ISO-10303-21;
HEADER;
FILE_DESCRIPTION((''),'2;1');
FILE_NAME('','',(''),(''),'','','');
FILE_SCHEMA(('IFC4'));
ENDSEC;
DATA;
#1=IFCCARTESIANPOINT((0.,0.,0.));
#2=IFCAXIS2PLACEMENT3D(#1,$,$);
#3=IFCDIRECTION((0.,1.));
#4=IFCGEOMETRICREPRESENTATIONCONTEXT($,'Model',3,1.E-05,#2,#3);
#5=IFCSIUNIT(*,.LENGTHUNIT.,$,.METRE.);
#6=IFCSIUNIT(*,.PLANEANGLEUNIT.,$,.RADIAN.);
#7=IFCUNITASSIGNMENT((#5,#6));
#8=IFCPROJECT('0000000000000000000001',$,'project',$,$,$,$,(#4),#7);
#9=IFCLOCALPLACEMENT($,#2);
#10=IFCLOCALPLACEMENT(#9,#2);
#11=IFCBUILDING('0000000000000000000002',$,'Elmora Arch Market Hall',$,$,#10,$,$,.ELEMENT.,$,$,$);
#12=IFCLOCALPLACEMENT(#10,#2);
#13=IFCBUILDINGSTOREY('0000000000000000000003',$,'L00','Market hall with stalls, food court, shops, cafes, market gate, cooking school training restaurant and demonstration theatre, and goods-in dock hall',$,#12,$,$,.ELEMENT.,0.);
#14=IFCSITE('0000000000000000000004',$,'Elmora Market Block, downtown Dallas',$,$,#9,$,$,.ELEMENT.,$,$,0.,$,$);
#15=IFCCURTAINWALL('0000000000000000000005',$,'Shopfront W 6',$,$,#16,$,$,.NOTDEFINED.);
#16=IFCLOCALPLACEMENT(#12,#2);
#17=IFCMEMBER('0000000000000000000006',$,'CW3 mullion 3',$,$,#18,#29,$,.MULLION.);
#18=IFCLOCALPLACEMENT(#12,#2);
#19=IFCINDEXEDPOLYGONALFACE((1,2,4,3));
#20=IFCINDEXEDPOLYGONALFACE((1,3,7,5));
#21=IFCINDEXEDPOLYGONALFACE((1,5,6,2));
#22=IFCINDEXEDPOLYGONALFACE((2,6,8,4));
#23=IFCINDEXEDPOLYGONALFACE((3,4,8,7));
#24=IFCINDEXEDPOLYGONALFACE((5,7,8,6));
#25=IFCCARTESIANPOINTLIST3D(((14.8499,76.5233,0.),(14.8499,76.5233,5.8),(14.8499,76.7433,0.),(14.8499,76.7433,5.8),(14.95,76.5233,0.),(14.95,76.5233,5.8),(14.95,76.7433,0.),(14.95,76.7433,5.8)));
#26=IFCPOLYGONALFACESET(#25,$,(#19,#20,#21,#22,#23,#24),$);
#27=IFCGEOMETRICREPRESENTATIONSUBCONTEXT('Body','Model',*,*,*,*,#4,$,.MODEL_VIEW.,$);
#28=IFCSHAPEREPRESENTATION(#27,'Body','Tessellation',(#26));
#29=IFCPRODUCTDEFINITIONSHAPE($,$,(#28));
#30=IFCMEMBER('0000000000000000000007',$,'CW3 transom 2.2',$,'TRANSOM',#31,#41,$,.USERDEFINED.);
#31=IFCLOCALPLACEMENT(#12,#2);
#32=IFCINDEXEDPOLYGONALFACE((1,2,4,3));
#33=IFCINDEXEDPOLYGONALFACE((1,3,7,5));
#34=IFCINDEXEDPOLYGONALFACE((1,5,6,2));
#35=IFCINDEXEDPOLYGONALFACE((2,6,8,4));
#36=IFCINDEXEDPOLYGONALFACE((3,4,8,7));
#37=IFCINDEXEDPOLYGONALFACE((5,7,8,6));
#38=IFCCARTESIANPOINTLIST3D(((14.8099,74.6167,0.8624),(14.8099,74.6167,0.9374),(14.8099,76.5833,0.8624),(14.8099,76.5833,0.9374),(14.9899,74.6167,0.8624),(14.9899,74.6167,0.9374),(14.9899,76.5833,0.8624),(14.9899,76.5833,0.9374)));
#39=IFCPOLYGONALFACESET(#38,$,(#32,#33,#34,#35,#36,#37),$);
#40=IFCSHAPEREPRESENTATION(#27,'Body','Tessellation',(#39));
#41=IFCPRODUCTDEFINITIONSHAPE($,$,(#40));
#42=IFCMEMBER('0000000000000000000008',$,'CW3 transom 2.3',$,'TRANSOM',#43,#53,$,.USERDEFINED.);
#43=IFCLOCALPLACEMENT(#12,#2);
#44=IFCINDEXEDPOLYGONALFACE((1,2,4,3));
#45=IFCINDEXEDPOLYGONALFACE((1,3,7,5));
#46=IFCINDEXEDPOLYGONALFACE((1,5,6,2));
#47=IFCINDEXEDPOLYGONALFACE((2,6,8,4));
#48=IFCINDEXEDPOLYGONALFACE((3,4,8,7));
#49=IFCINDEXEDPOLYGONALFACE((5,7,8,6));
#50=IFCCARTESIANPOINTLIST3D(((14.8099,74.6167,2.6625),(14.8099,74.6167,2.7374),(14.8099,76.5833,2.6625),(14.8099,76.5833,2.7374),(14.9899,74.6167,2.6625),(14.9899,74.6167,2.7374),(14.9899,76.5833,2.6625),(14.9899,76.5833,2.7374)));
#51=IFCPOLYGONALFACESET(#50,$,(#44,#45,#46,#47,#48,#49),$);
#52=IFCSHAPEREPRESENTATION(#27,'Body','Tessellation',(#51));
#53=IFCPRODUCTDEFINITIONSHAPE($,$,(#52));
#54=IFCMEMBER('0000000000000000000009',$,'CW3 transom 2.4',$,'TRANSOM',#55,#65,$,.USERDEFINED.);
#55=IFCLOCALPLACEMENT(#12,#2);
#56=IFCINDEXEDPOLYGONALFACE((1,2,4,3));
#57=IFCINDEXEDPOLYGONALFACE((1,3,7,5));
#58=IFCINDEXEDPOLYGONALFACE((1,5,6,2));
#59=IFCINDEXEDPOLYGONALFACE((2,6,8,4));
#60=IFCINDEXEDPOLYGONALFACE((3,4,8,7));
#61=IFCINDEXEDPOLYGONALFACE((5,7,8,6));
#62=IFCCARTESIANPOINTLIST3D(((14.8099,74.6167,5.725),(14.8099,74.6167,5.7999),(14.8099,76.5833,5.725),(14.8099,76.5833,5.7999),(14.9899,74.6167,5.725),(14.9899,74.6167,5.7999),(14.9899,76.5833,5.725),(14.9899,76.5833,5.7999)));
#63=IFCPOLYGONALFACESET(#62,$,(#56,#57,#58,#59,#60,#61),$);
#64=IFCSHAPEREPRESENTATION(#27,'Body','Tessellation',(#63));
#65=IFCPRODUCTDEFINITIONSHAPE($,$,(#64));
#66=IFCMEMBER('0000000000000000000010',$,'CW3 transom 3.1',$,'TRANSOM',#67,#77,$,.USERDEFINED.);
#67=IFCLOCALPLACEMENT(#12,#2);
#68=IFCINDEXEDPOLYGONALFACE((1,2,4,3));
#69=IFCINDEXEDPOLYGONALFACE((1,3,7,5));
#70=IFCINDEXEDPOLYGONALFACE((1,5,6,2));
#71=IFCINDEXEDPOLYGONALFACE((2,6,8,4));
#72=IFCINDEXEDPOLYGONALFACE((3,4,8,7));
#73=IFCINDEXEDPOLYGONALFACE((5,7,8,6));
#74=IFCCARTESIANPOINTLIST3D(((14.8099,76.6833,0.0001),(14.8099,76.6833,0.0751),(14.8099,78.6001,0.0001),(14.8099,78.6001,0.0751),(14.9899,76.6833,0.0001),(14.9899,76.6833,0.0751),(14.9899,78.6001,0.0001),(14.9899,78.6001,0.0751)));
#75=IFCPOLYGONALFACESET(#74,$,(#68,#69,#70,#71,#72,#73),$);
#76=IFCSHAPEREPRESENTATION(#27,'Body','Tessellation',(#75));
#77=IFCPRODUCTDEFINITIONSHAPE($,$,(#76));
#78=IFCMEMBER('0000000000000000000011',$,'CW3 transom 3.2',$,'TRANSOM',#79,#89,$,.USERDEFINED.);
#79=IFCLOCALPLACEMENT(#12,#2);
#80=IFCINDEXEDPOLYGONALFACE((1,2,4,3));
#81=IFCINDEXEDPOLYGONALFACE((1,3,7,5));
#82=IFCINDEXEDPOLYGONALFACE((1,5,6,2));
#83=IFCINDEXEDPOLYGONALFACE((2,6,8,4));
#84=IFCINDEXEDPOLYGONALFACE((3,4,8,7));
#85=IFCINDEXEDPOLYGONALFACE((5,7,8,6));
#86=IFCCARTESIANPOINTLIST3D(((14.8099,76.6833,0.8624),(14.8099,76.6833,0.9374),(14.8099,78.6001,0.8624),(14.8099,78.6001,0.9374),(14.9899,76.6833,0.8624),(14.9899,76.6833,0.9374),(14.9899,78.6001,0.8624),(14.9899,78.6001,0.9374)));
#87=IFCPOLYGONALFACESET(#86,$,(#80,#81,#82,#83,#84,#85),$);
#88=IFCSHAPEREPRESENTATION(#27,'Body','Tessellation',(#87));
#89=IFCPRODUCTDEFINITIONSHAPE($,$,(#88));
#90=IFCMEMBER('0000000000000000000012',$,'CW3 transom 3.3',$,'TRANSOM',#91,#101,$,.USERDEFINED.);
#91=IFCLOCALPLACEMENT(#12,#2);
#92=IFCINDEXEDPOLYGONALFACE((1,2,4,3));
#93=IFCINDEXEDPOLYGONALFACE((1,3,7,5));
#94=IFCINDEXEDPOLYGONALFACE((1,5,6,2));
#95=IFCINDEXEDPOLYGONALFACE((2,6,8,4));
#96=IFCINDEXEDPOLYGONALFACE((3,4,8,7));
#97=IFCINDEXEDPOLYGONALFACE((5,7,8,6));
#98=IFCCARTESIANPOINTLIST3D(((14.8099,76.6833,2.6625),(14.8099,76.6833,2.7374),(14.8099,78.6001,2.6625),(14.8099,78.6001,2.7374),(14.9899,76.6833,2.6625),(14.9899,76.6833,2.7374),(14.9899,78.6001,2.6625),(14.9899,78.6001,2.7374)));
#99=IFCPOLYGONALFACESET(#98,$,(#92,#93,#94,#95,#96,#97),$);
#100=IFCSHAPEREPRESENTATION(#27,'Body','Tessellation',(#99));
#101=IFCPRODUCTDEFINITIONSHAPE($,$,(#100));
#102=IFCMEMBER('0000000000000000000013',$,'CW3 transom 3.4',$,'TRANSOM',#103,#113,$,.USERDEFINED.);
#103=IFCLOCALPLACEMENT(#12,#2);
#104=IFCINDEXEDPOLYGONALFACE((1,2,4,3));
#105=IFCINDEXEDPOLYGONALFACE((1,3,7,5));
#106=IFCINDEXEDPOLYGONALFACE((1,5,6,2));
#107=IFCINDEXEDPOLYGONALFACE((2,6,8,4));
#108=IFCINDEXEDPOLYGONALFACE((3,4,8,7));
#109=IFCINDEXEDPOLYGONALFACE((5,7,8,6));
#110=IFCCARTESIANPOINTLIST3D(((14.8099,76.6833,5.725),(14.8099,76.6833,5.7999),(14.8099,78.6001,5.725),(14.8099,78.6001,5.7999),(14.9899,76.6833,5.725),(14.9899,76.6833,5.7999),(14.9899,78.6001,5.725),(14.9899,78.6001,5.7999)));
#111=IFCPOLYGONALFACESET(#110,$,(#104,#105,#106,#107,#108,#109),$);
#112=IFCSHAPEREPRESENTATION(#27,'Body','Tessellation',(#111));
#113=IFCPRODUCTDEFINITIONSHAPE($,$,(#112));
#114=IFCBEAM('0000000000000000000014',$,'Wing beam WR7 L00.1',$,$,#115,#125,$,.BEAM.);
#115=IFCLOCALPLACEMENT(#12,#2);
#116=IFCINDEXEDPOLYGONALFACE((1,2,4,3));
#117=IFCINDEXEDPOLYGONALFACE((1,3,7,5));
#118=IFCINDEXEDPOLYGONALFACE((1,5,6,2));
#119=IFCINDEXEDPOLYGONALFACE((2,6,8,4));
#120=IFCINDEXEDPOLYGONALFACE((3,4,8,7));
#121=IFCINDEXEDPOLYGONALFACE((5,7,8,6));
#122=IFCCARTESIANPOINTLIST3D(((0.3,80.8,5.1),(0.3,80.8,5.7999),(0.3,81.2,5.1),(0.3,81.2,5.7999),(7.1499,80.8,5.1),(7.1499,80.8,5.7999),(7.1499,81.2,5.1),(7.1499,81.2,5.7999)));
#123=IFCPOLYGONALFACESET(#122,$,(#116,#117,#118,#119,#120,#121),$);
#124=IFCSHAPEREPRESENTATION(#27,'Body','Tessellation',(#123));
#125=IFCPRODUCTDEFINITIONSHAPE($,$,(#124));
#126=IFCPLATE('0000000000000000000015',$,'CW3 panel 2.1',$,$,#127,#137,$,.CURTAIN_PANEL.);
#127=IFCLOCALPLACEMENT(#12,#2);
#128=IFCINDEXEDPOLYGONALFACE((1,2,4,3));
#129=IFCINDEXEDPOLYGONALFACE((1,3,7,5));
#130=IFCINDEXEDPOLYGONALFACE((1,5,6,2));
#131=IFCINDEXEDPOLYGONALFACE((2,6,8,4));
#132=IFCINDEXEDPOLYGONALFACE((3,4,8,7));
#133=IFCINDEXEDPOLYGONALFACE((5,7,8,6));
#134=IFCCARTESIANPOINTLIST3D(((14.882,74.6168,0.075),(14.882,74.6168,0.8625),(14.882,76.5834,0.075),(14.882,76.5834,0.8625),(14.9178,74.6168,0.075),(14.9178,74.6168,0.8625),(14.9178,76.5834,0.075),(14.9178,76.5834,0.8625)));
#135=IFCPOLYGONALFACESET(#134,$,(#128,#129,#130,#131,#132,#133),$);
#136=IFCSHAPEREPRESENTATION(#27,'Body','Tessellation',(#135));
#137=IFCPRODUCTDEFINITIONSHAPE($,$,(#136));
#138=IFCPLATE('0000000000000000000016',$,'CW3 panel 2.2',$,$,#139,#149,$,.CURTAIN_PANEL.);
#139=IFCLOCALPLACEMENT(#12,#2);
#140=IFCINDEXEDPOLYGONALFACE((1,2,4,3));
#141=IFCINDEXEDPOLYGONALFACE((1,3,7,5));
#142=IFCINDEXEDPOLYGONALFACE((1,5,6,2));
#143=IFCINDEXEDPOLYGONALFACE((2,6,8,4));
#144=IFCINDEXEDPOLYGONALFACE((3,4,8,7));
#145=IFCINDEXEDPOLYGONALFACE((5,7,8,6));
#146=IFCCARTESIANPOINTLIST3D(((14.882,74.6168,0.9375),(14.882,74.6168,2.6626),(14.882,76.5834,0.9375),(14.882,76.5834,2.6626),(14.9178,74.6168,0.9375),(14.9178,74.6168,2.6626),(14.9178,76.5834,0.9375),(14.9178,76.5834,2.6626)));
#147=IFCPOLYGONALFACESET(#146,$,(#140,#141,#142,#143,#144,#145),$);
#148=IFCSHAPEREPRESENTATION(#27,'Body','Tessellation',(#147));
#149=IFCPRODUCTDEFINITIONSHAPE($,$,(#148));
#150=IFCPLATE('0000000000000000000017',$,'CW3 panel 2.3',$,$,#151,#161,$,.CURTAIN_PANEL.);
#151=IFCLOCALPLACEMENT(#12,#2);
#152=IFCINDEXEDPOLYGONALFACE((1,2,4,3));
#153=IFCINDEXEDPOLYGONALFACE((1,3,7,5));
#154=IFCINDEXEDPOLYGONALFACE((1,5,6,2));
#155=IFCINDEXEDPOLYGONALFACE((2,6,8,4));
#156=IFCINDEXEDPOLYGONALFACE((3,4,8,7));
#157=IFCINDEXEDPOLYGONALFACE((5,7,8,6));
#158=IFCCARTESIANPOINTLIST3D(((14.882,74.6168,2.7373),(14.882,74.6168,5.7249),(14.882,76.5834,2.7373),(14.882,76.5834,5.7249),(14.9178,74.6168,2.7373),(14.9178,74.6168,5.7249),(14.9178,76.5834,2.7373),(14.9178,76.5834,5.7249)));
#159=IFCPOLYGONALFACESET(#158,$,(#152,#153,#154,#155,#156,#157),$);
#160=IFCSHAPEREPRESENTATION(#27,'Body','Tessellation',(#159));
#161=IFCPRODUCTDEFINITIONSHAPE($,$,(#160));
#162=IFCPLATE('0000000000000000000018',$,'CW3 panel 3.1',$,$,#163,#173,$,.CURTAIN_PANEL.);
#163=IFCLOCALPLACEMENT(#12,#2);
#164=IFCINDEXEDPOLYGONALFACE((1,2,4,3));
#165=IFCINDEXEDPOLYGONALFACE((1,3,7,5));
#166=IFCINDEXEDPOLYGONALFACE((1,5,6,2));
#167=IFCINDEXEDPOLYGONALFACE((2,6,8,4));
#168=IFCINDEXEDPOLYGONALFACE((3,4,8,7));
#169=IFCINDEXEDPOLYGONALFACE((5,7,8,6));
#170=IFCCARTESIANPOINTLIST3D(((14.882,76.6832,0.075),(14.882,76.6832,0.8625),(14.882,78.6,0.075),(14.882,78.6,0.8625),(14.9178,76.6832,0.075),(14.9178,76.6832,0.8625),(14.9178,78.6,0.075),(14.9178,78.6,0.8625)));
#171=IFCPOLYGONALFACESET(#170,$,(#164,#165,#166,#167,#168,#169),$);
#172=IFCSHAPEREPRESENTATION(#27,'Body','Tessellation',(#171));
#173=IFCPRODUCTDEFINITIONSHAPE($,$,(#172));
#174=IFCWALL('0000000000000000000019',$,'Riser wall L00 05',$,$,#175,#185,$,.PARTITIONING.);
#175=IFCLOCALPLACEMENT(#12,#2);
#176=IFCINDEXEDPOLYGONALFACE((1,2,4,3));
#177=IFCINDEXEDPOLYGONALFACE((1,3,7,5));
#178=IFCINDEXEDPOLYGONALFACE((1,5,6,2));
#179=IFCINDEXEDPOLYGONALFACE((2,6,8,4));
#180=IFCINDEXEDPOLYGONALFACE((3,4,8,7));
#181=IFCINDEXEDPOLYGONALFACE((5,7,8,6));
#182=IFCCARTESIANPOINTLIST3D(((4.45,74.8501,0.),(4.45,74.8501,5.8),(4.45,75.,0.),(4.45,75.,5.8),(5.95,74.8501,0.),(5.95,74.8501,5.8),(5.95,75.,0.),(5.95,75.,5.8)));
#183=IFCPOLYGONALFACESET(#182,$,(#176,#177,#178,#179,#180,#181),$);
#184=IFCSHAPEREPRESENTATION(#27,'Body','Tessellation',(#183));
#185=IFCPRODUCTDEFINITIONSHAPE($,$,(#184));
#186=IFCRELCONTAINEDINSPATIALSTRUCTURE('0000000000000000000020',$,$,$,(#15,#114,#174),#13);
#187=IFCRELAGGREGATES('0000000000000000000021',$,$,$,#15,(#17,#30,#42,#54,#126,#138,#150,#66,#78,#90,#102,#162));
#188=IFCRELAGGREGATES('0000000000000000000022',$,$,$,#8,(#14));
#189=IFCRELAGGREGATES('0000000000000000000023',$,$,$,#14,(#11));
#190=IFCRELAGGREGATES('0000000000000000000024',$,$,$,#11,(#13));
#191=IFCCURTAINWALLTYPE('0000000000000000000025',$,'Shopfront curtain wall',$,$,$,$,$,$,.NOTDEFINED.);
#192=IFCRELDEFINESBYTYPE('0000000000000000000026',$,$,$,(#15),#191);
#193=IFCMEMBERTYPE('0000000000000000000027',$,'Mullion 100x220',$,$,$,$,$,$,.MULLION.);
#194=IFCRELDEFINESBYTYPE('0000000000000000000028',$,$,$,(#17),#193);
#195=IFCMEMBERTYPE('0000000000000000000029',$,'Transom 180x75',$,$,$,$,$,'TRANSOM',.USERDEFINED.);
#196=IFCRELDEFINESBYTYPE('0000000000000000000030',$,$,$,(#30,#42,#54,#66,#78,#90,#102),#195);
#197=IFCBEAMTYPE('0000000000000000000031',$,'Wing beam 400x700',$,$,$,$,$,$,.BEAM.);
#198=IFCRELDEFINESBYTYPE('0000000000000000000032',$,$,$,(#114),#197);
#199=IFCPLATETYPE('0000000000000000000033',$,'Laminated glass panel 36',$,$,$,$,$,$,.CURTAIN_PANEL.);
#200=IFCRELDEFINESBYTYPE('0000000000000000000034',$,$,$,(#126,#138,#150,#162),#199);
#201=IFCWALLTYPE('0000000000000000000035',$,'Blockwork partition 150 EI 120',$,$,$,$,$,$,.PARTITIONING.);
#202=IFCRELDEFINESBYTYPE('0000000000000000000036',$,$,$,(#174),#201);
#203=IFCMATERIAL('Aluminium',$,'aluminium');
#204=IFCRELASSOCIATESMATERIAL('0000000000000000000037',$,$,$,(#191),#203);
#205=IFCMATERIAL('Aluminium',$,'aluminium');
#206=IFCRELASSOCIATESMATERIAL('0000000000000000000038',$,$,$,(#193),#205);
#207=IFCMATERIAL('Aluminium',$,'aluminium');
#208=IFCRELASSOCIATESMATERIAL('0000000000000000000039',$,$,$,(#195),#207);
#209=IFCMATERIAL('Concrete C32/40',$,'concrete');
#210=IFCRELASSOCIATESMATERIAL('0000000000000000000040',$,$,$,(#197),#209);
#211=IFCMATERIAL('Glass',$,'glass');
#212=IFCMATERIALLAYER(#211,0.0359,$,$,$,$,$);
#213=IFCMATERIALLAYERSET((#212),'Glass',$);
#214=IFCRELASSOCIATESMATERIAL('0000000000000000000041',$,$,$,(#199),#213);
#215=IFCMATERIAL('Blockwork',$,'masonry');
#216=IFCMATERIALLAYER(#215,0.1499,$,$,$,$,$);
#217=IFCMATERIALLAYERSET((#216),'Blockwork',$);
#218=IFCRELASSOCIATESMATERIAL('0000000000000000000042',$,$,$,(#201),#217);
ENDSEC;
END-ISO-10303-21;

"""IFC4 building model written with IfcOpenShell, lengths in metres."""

from ifc_helpers import new_model, si_unit, direction, frame, frame_2d, origin, origin_2d, place, context, subcontext, project, spatial, rectangle, extrude, material, layer, layer_set, material_profile, profile_set, type_object, element, aggregate, save


model = new_model("IFC4")

# Units and contexts
model_context = context("Model", 3, precision=1e-05, world=origin(), true_north=direction((0.0, 1.0)))
body_context = subcontext(model_context, "Body", "Model", "MODEL_VIEW")
ifc_project = project(units=[si_unit("LENGTHUNIT", "METRE"), si_unit("PLANEANGLEUNIT", "RADIAN")], contexts=[model_context])

# Site, building, storey
site_placement = place(None, origin())
site = spatial("IfcSite", under=ifc_project, at=site_placement, Name="Elmora Market Block, downtown Dallas", CompositionType="ELEMENT", RefElevation=0.0)
building_placement = place(site_placement, origin())
building = spatial("IfcBuilding", under=site, at=building_placement, Name="Elmora Arch Market Hall", CompositionType="ELEMENT")
storey_placement = place(building_placement, origin())
storey = spatial("IfcBuildingStorey", under=building, at=storey_placement, Name="L00", Description="Market hall with stalls, food court, shops, cafes, market gate, cooking school training restaurant and demonstration theatre, and goods-in dock hall", CompositionType="ELEMENT", Elevation=0.0)

# Curtain wall, members
ifc_material_1 = material(Name="Aluminium", Category="aluminium")
curtain_wall_type = type_object("IfcCurtainWallType", Name="Shopfront curtain wall", PredefinedType="NOTDEFINED", material=ifc_material_1)
curtain_wall_placement = place(storey_placement, origin())
curtain_wall = element("IfcCurtainWall", 1, at=curtain_wall_placement, inside=storey, type_object=curtain_wall_type, Name="Shopfront W 6", PredefinedType="NOTDEFINED")
ifc_material_2 = material(Name="Aluminium", Category="aluminium")
ifc_material_profile_1 = material_profile(ifc_material_2, rectangle(XDim=0.1001, YDim=0.22, at=origin_2d()), Name="AL 100x220")
ifc_profile_set_1 = profile_set([ifc_material_profile_1], Name="Aluminium")
member_type_1 = type_object("IfcMemberType", Name="Mullion 100x220", PredefinedType="MULLION", material=ifc_profile_set_1)
member_1_placement = place(storey_placement, frame((14.8999, 76.6333, 0.0), z_axis=(0.0, 0.0, 1.0), x_axis=(-1.0, 0.0, 0.0)))
member_1 = element("IfcMember", 2, at=member_1_placement, type_object=member_type_1, Name="CW3 mullion 3", PredefinedType="MULLION", context=body_context, shape_type="SweptSolid", body=[
    extrude(rectangle(XDim=0.1001, YDim=0.22, at=origin_2d()), origin(), (0.0, 0.0, 1.0), 5.8),
])
ifc_material_3 = material(Name="Aluminium", Category="aluminium")
ifc_material_profile_2 = material_profile(ifc_material_3, rectangle(XDim=0.1799, YDim=0.075, at=origin_2d()), Name="AL 180x75")
ifc_profile_set_2 = profile_set([ifc_material_profile_2], Name="Aluminium")
member_type_2 = type_object("IfcMemberType", Name="Transom 180x75", ElementType="TRANSOM", PredefinedType="USERDEFINED", material=ifc_profile_set_2)
member_2_placement = place(storey_placement, frame((14.8999, 74.6167, 0.8999), z_axis=(0.0, 1.0, 0.0), x_axis=(-1.0, 0.0, 0.0)))
member_2 = element("IfcMember", 3, at=member_2_placement, type_object=member_type_2, Name="CW3 transom 2.2", ObjectType="TRANSOM", PredefinedType="USERDEFINED", context=body_context, shape_type="SweptSolid", body=[
    extrude(rectangle(XDim=0.1799, YDim=0.075, at=origin_2d()), origin(), (0.0, 0.0, 1.0), 1.9666),
])
member_3_placement = place(storey_placement, frame((14.8999, 74.6167, 2.7), z_axis=(0.0, 1.0, 0.0), x_axis=(-1.0, 0.0, 0.0)))
member_3 = element("IfcMember", 4, at=member_3_placement, type_object=member_type_2, Name="CW3 transom 2.3", ObjectType="TRANSOM", PredefinedType="USERDEFINED", context=body_context, shape_type="SweptSolid", body=[
    extrude(rectangle(XDim=0.1799, YDim=0.075, at=origin_2d()), origin(), (0.0, 0.0, 1.0), 1.9666),
])
member_4_placement = place(storey_placement, frame((14.8999, 74.6167, 5.7625), z_axis=(0.0, 1.0, 0.0), x_axis=(-1.0, 0.0, 0.0)))
member_4 = element("IfcMember", 5, at=member_4_placement, type_object=member_type_2, Name="CW3 transom 2.4", ObjectType="TRANSOM", PredefinedType="USERDEFINED", context=body_context, shape_type="SweptSolid", body=[
    extrude(rectangle(XDim=0.1799, YDim=0.075, at=origin_2d()), origin(), (0.0, 0.0, 1.0), 1.9666),
])
member_5_placement = place(storey_placement, frame((14.8999, 76.6833, 0.0376), z_axis=(0.0, 1.0, 0.0), x_axis=(-1.0, 0.0, 0.0)))
member_5 = element("IfcMember", 6, at=member_5_placement, type_object=member_type_2, Name="CW3 transom 3.1", ObjectType="TRANSOM", PredefinedType="USERDEFINED", context=body_context, shape_type="SweptSolid", body=[
    extrude(rectangle(XDim=0.1799, YDim=0.075, at=origin_2d()), origin(), (0.0, 0.0, 1.0), 1.9167),
])
member_6_placement = place(storey_placement, frame((14.8999, 76.6833, 0.8999), z_axis=(0.0, 1.0, 0.0), x_axis=(-1.0, 0.0, 0.0)))
member_6 = element("IfcMember", 7, at=member_6_placement, type_object=member_type_2, Name="CW3 transom 3.2", ObjectType="TRANSOM", PredefinedType="USERDEFINED", context=body_context, shape_type="SweptSolid", body=[
    extrude(rectangle(XDim=0.1799, YDim=0.075, at=origin_2d()), origin(), (0.0, 0.0, 1.0), 1.9167),
])
member_7_placement = place(storey_placement, frame((14.8999, 76.6833, 2.7), z_axis=(0.0, 1.0, 0.0), x_axis=(-1.0, 0.0, 0.0)))
member_7 = element("IfcMember", 8, at=member_7_placement, type_object=member_type_2, Name="CW3 transom 3.3", ObjectType="TRANSOM", PredefinedType="USERDEFINED", context=body_context, shape_type="SweptSolid", body=[
    extrude(rectangle(XDim=0.1799, YDim=0.075, at=origin_2d()), origin(), (0.0, 0.0, 1.0), 1.9167),
])
member_8_placement = place(storey_placement, frame((14.8999, 76.6833, 5.7625), z_axis=(0.0, 1.0, 0.0), x_axis=(-1.0, 0.0, 0.0)))
member_8 = element("IfcMember", 9, at=member_8_placement, type_object=member_type_2, Name="CW3 transom 3.4", ObjectType="TRANSOM", PredefinedType="USERDEFINED", context=body_context, shape_type="SweptSolid", body=[
    extrude(rectangle(XDim=0.1799, YDim=0.075, at=origin_2d()), origin(), (0.0, 0.0, 1.0), 1.9167),
])

# Beam
ifc_material_4 = material(Name="Concrete C32/40", Category="concrete")
ifc_material_profile_3 = material_profile(ifc_material_4, rectangle(XDim=0.3999, YDim=0.7, at=origin_2d()), Name="Wing beam 400x700")
ifc_profile_set_3 = profile_set([ifc_material_profile_3], Name="Concrete C32/40")
beam_type = type_object("IfcBeamType", Name="Wing beam 400x700", PredefinedType="BEAM", material=ifc_profile_set_3)
beam_placement = place(storey_placement, frame((0.3, 81.0, 5.45), z_axis=(1.0, 0.0, 0.0), x_axis=(0.0, 1.0, 0.0)))
element("IfcBeam", 10, at=beam_placement, inside=storey, type_object=beam_type, Name="Wing beam WR7 L00.1", PredefinedType="BEAM", context=body_context, shape_type="SweptSolid", body=[
    extrude(rectangle(XDim=0.3999, YDim=0.7, at=origin_2d()), origin(), (0.0, 0.0, 1.0), 6.8499),
])

# Plates
ifc_material_5 = material(Name="Glass", Category="glass")
ifc_layer_1 = layer(ifc_material_5, 0.0359)
ifc_layer_set_1 = layer_set([ifc_layer_1], Name="Glass")
plate_type = type_object("IfcPlateType", Name="Laminated glass panel 36", PredefinedType="CURTAIN_PANEL", material=ifc_layer_set_1)
plate_1_placement = place(storey_placement, frame((14.8999, 75.6001, 0.075), z_axis=(0.0, 0.0, 1.0), x_axis=(0.0, 1.0, 0.0)))
plate_1 = element("IfcPlate", 11, at=plate_1_placement, type_object=plate_type, Name="CW3 panel 2.1", PredefinedType="CURTAIN_PANEL", context=body_context, shape_type="SweptSolid", body=[
    extrude(rectangle(XDim=1.9666, YDim=0.0359, at=origin_2d()), origin(), (0.0, 0.0, 1.0), 0.7876),
])
plate_2_placement = place(storey_placement, frame((14.8999, 75.6001, 0.9375), z_axis=(0.0, 0.0, 1.0), x_axis=(0.0, 1.0, 0.0)))
plate_2 = element("IfcPlate", 12, at=plate_2_placement, type_object=plate_type, Name="CW3 panel 2.2", PredefinedType="CURTAIN_PANEL", context=body_context, shape_type="SweptSolid", body=[
    extrude(rectangle(XDim=1.9666, YDim=0.0359, at=origin_2d()), origin(), (0.0, 0.0, 1.0), 1.7251),
])
plate_3_placement = place(storey_placement, frame((14.8999, 75.6001, 2.7373), z_axis=(0.0, 0.0, 1.0), x_axis=(0.0, 1.0, 0.0)))
plate_3 = element("IfcPlate", 13, at=plate_3_placement, type_object=plate_type, Name="CW3 panel 2.3", PredefinedType="CURTAIN_PANEL", context=body_context, shape_type="SweptSolid", body=[
    extrude(rectangle(XDim=1.9666, YDim=0.0359, at=origin_2d()), origin(), (0.0, 0.0, 1.0), 2.9875),
])
plate_4_placement = place(storey_placement, frame((14.8999, 77.6416, 0.075), z_axis=(0.0, 0.0, 1.0), x_axis=(0.0, 1.0, 0.0)))
plate_4 = element("IfcPlate", 14, at=plate_4_placement, type_object=plate_type, Name="CW3 panel 3.1", PredefinedType="CURTAIN_PANEL", context=body_context, shape_type="SweptSolid", body=[
    extrude(rectangle(XDim=1.9167, YDim=0.0359, at=origin_2d()), origin(), (0.0, 0.0, 1.0), 0.7876),
])
aggregate(curtain_wall, [member_1, member_2, member_3, member_4, plate_1, plate_2, plate_3, member_5, member_6, member_7, member_8, plate_4])

# Wall
ifc_material_6 = material(Name="Blockwork", Category="masonry")
ifc_layer_2 = layer(ifc_material_6, 0.1499)
ifc_layer_set_2 = layer_set([ifc_layer_2], Name="Blockwork")
wall_type = type_object("IfcWallType", Name="Blockwork partition 150 EI 120", PredefinedType="PARTITIONING", material=ifc_layer_set_2)
wall_1_placement = place(storey_placement, frame((4.45, 74.925, 0.0), z_axis=(0.0, 0.0, 1.0), x_axis=(1.0, 0.0, 0.0)))
element("IfcWall", 15, at=wall_1_placement, inside=storey, type_object=wall_type, Name="Riser wall L00 05", PredefinedType="PARTITIONING", context=body_context, shape_type="SweptSolid", body=[
    extrude(rectangle(XDim=1.5, YDim=0.1499, at=frame_2d((0.75, 0.0))), origin(), (0.0, 0.0, 1.0), 5.8),
])

save(model, "model.ifc")
